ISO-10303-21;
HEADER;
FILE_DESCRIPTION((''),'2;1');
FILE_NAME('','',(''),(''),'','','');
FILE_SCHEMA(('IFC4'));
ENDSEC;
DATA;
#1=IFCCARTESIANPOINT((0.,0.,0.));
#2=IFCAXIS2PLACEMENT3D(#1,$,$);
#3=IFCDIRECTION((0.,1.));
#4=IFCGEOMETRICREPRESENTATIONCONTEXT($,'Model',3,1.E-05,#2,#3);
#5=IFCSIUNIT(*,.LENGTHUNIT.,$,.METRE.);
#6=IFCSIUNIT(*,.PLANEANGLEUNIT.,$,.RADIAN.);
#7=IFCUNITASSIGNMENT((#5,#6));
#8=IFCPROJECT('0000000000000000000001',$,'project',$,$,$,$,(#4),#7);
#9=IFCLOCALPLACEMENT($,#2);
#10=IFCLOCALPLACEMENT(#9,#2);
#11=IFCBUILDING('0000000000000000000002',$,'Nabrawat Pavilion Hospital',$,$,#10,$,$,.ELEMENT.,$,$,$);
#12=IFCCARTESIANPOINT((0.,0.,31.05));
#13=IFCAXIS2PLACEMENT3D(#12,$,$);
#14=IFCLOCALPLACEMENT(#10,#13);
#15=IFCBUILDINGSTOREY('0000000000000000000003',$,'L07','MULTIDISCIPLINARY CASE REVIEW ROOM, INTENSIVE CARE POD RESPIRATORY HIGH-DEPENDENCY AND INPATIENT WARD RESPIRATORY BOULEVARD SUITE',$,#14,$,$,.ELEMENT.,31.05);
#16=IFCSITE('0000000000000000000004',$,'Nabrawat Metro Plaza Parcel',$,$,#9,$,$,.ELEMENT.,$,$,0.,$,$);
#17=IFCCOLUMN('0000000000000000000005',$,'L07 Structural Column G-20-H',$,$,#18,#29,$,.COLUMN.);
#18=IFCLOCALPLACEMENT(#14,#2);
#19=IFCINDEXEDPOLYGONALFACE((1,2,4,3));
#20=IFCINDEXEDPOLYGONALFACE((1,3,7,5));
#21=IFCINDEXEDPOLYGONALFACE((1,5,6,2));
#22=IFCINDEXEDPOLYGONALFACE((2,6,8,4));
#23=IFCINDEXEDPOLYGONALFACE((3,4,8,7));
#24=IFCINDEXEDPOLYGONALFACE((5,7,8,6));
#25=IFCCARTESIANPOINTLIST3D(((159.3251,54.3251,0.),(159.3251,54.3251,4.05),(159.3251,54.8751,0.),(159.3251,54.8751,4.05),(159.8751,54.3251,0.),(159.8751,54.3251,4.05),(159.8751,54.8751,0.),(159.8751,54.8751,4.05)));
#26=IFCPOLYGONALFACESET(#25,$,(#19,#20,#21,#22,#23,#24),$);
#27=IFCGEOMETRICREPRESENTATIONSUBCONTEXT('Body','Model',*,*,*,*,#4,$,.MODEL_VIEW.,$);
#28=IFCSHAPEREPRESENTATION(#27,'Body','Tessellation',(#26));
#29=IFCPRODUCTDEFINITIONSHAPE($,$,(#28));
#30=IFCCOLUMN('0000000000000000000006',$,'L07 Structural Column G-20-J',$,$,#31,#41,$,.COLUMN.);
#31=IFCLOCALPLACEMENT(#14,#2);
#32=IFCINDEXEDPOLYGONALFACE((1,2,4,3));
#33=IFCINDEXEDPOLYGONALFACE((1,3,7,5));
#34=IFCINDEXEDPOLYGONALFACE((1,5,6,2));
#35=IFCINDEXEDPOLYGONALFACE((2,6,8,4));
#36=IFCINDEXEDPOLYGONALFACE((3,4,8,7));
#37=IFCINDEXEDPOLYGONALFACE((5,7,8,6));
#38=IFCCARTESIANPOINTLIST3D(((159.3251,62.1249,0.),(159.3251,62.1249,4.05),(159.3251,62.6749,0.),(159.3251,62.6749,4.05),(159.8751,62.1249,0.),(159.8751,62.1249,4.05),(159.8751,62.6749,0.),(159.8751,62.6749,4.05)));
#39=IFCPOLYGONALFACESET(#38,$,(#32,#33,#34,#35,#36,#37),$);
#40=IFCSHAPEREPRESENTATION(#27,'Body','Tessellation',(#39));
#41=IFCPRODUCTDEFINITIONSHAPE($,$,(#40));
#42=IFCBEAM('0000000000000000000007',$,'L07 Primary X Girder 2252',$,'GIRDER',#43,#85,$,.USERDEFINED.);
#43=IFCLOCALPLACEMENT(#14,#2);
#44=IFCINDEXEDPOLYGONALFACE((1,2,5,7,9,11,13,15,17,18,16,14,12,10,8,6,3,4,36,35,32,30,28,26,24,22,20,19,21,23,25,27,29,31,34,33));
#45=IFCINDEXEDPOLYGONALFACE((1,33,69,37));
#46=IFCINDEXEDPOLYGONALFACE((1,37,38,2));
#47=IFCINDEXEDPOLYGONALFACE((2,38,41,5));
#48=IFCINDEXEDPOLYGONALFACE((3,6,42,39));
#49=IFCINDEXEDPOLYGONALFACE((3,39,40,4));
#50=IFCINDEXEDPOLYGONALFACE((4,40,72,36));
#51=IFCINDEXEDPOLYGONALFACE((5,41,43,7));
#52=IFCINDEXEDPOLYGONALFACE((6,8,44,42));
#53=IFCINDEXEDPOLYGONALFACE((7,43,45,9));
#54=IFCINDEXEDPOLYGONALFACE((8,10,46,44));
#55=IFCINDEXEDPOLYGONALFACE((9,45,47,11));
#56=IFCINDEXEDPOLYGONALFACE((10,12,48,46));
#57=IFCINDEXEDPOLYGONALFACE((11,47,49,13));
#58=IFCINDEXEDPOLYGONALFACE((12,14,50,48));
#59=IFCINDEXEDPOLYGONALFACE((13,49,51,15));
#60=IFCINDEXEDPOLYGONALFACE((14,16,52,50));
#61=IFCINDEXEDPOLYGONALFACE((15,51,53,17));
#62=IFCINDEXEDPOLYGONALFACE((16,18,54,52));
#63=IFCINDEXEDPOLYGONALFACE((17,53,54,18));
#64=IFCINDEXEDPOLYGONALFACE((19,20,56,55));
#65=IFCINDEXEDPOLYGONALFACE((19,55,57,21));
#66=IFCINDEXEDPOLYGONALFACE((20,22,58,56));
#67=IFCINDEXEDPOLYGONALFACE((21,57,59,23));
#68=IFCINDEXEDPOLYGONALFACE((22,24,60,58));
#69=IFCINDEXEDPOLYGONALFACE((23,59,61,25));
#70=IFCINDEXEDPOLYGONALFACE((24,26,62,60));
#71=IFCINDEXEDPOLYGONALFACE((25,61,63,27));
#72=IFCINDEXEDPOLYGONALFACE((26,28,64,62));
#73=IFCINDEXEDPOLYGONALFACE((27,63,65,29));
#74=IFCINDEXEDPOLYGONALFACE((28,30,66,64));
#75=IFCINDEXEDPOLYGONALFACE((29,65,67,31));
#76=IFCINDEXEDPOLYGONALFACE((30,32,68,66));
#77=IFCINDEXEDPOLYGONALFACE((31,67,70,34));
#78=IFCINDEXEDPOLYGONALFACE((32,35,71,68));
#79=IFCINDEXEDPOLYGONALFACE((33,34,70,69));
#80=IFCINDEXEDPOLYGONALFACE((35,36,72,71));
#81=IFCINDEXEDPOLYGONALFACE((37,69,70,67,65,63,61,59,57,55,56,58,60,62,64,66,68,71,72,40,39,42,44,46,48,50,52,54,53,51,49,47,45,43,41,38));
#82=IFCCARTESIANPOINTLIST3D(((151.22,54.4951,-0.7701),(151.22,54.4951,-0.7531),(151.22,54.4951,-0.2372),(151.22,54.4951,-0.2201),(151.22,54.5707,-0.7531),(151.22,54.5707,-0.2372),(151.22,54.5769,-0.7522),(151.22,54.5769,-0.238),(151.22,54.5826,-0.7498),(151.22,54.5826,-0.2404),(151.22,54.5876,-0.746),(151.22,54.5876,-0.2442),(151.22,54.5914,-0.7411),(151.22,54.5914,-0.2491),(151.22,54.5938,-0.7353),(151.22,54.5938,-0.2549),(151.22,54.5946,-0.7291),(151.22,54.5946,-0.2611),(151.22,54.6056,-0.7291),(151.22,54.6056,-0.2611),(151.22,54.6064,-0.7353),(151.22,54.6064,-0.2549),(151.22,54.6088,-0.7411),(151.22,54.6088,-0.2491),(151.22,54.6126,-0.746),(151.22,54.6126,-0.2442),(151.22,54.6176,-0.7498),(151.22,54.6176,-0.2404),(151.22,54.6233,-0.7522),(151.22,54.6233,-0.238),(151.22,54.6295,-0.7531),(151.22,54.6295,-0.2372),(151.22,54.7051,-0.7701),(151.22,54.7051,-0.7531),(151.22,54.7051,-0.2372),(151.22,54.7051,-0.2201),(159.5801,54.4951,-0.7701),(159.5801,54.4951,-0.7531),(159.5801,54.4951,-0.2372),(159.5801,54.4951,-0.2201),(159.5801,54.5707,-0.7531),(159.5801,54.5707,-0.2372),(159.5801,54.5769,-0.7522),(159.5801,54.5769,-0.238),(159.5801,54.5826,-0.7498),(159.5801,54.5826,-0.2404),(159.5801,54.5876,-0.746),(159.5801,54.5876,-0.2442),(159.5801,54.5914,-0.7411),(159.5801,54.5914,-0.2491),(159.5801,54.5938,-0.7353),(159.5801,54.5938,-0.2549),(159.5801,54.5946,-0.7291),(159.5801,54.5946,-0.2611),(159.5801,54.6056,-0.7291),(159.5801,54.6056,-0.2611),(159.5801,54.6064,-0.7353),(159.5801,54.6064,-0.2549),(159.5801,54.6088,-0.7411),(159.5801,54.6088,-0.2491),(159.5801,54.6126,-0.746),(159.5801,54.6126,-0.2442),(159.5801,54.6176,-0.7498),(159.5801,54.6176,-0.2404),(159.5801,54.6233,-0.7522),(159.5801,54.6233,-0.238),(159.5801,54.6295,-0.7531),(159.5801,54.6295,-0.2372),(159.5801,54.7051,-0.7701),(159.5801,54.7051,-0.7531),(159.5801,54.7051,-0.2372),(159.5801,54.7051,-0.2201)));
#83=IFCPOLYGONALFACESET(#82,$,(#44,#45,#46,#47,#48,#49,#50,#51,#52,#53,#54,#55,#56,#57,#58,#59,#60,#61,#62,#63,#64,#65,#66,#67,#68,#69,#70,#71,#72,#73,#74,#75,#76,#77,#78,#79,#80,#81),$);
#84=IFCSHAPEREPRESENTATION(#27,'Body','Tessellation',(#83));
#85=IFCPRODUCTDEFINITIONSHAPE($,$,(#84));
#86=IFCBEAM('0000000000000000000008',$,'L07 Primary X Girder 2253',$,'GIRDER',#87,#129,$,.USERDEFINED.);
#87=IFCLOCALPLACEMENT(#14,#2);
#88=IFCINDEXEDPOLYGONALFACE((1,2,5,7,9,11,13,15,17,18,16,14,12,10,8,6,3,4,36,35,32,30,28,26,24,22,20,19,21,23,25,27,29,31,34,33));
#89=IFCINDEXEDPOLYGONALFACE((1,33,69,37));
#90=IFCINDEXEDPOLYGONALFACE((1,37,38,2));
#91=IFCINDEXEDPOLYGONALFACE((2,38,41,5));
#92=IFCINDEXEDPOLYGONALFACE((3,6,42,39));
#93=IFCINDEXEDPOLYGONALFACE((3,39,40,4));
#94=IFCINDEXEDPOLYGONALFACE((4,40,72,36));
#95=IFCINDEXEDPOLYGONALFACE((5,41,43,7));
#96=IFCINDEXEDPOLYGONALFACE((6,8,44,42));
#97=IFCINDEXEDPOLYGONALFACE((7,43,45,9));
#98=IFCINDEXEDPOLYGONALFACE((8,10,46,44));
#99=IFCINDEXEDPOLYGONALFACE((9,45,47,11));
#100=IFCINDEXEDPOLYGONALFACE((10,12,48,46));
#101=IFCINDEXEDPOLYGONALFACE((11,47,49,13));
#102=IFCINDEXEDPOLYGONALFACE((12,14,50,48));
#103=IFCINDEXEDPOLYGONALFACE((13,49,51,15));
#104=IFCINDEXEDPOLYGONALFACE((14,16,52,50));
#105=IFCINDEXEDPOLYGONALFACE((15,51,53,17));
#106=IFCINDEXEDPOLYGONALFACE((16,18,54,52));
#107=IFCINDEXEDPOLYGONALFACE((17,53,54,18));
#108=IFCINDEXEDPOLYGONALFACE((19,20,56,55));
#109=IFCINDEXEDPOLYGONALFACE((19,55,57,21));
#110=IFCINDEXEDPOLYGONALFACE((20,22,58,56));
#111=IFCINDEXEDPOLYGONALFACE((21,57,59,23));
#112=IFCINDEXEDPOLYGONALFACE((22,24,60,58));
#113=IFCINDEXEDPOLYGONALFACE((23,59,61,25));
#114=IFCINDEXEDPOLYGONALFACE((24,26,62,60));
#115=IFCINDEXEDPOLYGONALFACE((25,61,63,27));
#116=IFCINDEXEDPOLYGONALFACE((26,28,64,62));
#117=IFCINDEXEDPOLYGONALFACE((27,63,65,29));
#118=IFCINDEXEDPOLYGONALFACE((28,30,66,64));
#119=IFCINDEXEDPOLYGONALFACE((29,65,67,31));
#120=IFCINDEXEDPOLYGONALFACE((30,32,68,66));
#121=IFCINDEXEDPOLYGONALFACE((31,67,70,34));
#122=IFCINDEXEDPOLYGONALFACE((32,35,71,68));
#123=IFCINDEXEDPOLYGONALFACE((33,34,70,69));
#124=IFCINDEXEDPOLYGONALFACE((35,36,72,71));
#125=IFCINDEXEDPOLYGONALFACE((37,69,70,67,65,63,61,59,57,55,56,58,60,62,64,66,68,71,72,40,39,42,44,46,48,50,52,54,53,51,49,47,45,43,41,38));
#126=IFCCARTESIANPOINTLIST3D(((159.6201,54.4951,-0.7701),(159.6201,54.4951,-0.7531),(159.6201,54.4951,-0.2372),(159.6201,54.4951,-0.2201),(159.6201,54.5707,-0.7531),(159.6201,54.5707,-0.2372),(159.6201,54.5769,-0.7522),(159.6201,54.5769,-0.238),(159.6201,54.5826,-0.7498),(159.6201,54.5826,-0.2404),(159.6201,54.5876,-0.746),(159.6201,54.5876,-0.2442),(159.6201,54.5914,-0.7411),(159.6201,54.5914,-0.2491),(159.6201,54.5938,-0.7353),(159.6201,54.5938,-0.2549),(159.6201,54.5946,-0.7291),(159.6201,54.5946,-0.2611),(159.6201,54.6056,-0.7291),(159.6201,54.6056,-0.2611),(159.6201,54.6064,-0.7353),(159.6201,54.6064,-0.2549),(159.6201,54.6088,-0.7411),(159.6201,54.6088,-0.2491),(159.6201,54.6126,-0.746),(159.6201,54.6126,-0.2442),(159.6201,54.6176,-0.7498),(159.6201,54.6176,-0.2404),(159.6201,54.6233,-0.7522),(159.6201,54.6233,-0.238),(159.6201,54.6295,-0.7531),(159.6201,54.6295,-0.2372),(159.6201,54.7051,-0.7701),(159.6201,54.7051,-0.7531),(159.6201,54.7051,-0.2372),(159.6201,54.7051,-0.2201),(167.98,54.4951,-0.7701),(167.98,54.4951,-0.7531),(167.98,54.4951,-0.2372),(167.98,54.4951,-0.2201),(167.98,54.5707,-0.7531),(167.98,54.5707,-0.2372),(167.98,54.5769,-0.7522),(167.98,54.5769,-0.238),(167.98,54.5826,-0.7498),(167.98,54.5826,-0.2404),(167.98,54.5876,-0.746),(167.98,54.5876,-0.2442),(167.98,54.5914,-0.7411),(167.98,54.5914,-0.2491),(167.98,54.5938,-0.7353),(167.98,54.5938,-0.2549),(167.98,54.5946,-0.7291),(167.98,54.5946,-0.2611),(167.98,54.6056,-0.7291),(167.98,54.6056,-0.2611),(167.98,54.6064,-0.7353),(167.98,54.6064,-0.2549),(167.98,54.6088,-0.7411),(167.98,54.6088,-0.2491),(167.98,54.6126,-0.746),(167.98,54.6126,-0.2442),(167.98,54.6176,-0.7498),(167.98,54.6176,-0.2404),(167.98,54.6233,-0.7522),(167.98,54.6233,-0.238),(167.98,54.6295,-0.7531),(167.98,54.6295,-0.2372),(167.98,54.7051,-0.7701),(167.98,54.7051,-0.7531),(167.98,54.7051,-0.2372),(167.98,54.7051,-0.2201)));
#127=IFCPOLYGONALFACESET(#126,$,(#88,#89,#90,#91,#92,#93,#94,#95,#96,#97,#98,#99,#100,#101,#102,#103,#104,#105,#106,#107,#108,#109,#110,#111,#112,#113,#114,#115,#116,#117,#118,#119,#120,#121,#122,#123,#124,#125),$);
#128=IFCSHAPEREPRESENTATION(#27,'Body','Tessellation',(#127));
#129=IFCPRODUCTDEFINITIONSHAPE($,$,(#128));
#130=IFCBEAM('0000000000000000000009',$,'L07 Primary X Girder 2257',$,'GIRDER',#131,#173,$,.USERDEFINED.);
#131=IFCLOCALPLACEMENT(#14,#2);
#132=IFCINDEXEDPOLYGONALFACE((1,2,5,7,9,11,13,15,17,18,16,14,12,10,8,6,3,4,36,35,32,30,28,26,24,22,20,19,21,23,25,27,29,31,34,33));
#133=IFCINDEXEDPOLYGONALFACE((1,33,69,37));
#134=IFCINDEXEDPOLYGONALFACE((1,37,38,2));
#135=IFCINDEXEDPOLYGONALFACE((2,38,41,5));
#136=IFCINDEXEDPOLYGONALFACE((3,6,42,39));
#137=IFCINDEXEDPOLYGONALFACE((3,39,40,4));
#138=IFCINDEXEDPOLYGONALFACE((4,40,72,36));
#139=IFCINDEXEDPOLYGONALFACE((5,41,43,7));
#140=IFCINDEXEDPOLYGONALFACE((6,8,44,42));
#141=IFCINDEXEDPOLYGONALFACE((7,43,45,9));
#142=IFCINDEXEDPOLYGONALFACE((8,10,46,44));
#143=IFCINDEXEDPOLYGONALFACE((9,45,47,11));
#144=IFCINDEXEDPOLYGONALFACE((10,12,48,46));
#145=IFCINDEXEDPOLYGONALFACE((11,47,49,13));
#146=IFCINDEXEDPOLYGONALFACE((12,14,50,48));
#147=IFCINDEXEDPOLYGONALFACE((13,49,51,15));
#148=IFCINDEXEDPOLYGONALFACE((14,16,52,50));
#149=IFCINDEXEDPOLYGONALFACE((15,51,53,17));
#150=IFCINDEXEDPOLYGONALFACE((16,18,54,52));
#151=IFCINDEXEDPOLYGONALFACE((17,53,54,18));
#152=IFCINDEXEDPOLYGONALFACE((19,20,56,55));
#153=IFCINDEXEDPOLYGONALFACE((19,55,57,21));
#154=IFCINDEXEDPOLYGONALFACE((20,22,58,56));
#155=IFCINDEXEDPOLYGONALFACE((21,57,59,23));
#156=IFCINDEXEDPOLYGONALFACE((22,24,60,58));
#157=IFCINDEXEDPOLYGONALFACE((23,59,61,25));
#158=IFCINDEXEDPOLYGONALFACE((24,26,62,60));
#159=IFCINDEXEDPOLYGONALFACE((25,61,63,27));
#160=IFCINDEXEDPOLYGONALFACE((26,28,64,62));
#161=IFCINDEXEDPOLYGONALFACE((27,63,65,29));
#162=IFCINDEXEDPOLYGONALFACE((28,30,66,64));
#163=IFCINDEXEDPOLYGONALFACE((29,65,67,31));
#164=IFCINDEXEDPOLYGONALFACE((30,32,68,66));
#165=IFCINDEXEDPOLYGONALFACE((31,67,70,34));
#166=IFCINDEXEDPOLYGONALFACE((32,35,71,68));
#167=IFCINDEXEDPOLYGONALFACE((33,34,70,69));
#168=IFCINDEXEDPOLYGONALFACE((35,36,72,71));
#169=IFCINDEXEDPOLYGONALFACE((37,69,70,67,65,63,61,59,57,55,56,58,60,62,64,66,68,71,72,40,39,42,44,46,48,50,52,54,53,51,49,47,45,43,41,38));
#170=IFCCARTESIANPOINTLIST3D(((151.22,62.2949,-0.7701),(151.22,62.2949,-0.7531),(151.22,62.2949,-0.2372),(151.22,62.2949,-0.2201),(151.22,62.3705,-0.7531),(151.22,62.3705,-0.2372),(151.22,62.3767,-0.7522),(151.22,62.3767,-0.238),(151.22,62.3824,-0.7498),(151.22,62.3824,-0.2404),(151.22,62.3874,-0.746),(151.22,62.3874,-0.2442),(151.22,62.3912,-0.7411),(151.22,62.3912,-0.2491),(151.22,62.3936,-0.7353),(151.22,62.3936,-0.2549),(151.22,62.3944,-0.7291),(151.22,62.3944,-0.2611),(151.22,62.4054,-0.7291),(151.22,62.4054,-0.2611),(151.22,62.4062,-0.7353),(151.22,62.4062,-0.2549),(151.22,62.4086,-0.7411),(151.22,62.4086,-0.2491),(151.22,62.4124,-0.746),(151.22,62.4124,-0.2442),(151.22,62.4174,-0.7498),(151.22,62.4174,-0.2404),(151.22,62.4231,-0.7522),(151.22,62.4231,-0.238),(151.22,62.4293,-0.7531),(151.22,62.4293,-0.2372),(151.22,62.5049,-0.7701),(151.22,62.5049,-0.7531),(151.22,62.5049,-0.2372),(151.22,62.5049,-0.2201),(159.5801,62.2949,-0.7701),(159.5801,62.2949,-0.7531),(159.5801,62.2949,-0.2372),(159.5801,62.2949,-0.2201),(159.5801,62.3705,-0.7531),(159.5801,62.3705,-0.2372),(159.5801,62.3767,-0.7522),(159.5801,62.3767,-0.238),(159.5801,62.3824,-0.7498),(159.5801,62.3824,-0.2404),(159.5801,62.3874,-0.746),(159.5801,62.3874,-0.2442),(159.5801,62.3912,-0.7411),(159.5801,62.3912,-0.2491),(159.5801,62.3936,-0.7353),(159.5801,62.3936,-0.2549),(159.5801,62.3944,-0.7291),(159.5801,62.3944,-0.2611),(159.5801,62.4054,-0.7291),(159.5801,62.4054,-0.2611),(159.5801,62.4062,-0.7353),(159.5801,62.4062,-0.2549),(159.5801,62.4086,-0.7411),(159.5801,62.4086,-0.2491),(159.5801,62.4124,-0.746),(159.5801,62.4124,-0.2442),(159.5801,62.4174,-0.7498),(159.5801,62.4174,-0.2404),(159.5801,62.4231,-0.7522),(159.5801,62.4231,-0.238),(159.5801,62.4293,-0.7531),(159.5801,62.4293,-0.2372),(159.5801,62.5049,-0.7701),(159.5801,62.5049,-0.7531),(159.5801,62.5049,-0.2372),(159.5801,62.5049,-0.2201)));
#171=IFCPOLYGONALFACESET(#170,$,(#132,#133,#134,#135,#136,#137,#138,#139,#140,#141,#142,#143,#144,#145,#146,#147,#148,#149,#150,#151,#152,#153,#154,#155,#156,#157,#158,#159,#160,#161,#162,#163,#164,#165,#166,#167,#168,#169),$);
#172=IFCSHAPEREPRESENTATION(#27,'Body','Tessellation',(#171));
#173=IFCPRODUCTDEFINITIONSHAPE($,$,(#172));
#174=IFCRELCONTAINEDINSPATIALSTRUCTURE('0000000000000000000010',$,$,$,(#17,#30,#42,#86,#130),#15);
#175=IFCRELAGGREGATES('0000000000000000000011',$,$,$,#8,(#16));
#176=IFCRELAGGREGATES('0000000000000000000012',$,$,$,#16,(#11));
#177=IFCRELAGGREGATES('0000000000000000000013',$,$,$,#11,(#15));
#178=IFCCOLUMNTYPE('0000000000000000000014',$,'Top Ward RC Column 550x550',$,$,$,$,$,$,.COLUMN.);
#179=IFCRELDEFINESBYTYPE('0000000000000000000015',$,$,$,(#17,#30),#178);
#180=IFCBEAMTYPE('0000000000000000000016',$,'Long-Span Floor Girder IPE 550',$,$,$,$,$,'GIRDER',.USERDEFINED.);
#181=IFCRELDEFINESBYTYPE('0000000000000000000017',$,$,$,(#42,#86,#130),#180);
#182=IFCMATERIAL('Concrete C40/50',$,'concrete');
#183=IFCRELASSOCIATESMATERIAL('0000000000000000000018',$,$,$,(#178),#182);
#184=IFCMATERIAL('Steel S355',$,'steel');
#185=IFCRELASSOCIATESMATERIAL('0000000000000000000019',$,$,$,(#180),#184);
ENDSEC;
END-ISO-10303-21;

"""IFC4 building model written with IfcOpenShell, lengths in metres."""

from ifc_helpers import new_model, si_unit, direction, frame, origin, origin_2d, place, context, subcontext, project, spatial, rectangle, i_section, extrude, material, material_profile, profile_set, type_object, element, save


model = new_model("IFC4")

# Units and contexts
model_context = context("Model", 3, precision=1e-05, world=origin(), true_north=direction((0.0, 1.0)))
body_context = subcontext(model_context, "Body", "Model", "MODEL_VIEW")
ifc_project = project(units=[si_unit("LENGTHUNIT", "METRE"), si_unit("PLANEANGLEUNIT", "RADIAN")], contexts=[model_context])

# Site, building, storey
site_placement = place(None, origin())
site = spatial("IfcSite", under=ifc_project, at=site_placement, Name="Nabrawat Metro Plaza Parcel", CompositionType="ELEMENT", RefElevation=0.0)
building_placement = place(site_placement, origin())
building = spatial("IfcBuilding", under=site, at=building_placement, Name="Nabrawat Pavilion Hospital", CompositionType="ELEMENT")
storey_placement = place(building_placement, frame((0.0, 0.0, 31.05)))
storey = spatial("IfcBuildingStorey", under=building, at=storey_placement, Name="L07", Description="MULTIDISCIPLINARY CASE REVIEW ROOM, INTENSIVE CARE POD RESPIRATORY HIGH-DEPENDENCY AND INPATIENT WARD RESPIRATORY BOULEVARD SUITE", CompositionType="ELEMENT", Elevation=31.05)

# Columns
ifc_material_1 = material(Name="Concrete C40/50", Category="concrete")
ifc_material_profile_1 = material_profile(ifc_material_1, rectangle(XDim=0.55, YDim=0.55, at=origin_2d()), Name="RC 550x550")
ifc_profile_set_1 = profile_set([ifc_material_profile_1], Name="Concrete C40/50")
column_type = type_object("IfcColumnType", Name="Top Ward RC Column 550x550", PredefinedType="COLUMN", material=ifc_profile_set_1)
for number, where, z_axis, x_axis, name in (
    (1, (159.6001, 54.6001, 0.0), (0.0, 0.0, 1.0), (1.0, 0.0, 0.0), "L07 Structural Column G-20-H"),
    (2, (159.6001, 62.3999, 0.0), (0.0, 0.0, 1.0), (1.0, 0.0, 0.0), "L07 Structural Column G-20-J"),
):
    element("IfcColumn", number, at=place(storey_placement, frame(where, z_axis=z_axis, x_axis=x_axis)), inside=storey, type_object=column_type, Name=name, PredefinedType="COLUMN", context=body_context, shape_type="SweptSolid", body=[
        extrude(rectangle(XDim=0.55, YDim=0.55, at=origin_2d()), origin(), (0.0, 0.0, 1.0), 4.05),
    ])

# Beams
ifc_material_2 = material(Name="Steel S355", Category="steel")
ifc_material_profile_2 = material_profile(ifc_material_2, i_section(OverallWidth=0.21, OverallDepth=0.55, WebThickness=0.011, FlangeThickness=0.0171, FilletRadius=0.0239, at=origin_2d()), Name="IPE 550")
ifc_profile_set_2 = profile_set([ifc_material_profile_2], Name="Steel S355")
beam_type_1 = type_object("IfcBeamType", Name="Long-Span Floor Girder IPE 550", ElementType="GIRDER", PredefinedType="USERDEFINED", material=ifc_profile_set_2)
beam_1_placement = place(storey_placement, frame((151.22, 54.6001, -0.4951), z_axis=(1.0, 0.0, 0.0), x_axis=(0.0, 1.0, 0.0)))
element("IfcBeam", 3, at=beam_1_placement, inside=storey, type_object=beam_type_1, Name="L07 Primary X Girder 2252", ObjectType="GIRDER", PredefinedType="USERDEFINED", context=body_context, shape_type="SweptSolid", body=[
    extrude(i_section(OverallWidth=0.21, OverallDepth=0.55, WebThickness=0.011, FlangeThickness=0.0171, FilletRadius=0.0239, at=origin_2d()), origin(), (0.0, 0.0, 1.0), 8.3601),
])
beam_2_placement = place(storey_placement, frame((159.6201, 54.6001, -0.4951), z_axis=(1.0, 0.0, 0.0), x_axis=(0.0, 1.0, 0.0)))
element("IfcBeam", 4, at=beam_2_placement, inside=storey, type_object=beam_type_1, Name="L07 Primary X Girder 2253", ObjectType="GIRDER", PredefinedType="USERDEFINED", context=body_context, shape_type="SweptSolid", body=[
    extrude(i_section(OverallWidth=0.21, OverallDepth=0.55, WebThickness=0.011, FlangeThickness=0.0171, FilletRadius=0.0239, at=origin_2d()), origin(), (0.0, 0.0, 1.0), 8.3599),
])
beam_3_placement = place(storey_placement, frame((151.22, 62.3999, -0.4951), z_axis=(1.0, 0.0, 0.0), x_axis=(0.0, 1.0, 0.0)))
element("IfcBeam", 5, at=beam_3_placement, inside=storey, type_object=beam_type_1, Name="L07 Primary X Girder 2257", ObjectType="GIRDER", PredefinedType="USERDEFINED", context=body_context, shape_type="SweptSolid", body=[
    extrude(i_section(OverallWidth=0.21, OverallDepth=0.55, WebThickness=0.011, FlangeThickness=0.0171, FilletRadius=0.0239, at=origin_2d()), origin(), (0.0, 0.0, 1.0), 8.3601),
])

save(model, "model.ifc")
